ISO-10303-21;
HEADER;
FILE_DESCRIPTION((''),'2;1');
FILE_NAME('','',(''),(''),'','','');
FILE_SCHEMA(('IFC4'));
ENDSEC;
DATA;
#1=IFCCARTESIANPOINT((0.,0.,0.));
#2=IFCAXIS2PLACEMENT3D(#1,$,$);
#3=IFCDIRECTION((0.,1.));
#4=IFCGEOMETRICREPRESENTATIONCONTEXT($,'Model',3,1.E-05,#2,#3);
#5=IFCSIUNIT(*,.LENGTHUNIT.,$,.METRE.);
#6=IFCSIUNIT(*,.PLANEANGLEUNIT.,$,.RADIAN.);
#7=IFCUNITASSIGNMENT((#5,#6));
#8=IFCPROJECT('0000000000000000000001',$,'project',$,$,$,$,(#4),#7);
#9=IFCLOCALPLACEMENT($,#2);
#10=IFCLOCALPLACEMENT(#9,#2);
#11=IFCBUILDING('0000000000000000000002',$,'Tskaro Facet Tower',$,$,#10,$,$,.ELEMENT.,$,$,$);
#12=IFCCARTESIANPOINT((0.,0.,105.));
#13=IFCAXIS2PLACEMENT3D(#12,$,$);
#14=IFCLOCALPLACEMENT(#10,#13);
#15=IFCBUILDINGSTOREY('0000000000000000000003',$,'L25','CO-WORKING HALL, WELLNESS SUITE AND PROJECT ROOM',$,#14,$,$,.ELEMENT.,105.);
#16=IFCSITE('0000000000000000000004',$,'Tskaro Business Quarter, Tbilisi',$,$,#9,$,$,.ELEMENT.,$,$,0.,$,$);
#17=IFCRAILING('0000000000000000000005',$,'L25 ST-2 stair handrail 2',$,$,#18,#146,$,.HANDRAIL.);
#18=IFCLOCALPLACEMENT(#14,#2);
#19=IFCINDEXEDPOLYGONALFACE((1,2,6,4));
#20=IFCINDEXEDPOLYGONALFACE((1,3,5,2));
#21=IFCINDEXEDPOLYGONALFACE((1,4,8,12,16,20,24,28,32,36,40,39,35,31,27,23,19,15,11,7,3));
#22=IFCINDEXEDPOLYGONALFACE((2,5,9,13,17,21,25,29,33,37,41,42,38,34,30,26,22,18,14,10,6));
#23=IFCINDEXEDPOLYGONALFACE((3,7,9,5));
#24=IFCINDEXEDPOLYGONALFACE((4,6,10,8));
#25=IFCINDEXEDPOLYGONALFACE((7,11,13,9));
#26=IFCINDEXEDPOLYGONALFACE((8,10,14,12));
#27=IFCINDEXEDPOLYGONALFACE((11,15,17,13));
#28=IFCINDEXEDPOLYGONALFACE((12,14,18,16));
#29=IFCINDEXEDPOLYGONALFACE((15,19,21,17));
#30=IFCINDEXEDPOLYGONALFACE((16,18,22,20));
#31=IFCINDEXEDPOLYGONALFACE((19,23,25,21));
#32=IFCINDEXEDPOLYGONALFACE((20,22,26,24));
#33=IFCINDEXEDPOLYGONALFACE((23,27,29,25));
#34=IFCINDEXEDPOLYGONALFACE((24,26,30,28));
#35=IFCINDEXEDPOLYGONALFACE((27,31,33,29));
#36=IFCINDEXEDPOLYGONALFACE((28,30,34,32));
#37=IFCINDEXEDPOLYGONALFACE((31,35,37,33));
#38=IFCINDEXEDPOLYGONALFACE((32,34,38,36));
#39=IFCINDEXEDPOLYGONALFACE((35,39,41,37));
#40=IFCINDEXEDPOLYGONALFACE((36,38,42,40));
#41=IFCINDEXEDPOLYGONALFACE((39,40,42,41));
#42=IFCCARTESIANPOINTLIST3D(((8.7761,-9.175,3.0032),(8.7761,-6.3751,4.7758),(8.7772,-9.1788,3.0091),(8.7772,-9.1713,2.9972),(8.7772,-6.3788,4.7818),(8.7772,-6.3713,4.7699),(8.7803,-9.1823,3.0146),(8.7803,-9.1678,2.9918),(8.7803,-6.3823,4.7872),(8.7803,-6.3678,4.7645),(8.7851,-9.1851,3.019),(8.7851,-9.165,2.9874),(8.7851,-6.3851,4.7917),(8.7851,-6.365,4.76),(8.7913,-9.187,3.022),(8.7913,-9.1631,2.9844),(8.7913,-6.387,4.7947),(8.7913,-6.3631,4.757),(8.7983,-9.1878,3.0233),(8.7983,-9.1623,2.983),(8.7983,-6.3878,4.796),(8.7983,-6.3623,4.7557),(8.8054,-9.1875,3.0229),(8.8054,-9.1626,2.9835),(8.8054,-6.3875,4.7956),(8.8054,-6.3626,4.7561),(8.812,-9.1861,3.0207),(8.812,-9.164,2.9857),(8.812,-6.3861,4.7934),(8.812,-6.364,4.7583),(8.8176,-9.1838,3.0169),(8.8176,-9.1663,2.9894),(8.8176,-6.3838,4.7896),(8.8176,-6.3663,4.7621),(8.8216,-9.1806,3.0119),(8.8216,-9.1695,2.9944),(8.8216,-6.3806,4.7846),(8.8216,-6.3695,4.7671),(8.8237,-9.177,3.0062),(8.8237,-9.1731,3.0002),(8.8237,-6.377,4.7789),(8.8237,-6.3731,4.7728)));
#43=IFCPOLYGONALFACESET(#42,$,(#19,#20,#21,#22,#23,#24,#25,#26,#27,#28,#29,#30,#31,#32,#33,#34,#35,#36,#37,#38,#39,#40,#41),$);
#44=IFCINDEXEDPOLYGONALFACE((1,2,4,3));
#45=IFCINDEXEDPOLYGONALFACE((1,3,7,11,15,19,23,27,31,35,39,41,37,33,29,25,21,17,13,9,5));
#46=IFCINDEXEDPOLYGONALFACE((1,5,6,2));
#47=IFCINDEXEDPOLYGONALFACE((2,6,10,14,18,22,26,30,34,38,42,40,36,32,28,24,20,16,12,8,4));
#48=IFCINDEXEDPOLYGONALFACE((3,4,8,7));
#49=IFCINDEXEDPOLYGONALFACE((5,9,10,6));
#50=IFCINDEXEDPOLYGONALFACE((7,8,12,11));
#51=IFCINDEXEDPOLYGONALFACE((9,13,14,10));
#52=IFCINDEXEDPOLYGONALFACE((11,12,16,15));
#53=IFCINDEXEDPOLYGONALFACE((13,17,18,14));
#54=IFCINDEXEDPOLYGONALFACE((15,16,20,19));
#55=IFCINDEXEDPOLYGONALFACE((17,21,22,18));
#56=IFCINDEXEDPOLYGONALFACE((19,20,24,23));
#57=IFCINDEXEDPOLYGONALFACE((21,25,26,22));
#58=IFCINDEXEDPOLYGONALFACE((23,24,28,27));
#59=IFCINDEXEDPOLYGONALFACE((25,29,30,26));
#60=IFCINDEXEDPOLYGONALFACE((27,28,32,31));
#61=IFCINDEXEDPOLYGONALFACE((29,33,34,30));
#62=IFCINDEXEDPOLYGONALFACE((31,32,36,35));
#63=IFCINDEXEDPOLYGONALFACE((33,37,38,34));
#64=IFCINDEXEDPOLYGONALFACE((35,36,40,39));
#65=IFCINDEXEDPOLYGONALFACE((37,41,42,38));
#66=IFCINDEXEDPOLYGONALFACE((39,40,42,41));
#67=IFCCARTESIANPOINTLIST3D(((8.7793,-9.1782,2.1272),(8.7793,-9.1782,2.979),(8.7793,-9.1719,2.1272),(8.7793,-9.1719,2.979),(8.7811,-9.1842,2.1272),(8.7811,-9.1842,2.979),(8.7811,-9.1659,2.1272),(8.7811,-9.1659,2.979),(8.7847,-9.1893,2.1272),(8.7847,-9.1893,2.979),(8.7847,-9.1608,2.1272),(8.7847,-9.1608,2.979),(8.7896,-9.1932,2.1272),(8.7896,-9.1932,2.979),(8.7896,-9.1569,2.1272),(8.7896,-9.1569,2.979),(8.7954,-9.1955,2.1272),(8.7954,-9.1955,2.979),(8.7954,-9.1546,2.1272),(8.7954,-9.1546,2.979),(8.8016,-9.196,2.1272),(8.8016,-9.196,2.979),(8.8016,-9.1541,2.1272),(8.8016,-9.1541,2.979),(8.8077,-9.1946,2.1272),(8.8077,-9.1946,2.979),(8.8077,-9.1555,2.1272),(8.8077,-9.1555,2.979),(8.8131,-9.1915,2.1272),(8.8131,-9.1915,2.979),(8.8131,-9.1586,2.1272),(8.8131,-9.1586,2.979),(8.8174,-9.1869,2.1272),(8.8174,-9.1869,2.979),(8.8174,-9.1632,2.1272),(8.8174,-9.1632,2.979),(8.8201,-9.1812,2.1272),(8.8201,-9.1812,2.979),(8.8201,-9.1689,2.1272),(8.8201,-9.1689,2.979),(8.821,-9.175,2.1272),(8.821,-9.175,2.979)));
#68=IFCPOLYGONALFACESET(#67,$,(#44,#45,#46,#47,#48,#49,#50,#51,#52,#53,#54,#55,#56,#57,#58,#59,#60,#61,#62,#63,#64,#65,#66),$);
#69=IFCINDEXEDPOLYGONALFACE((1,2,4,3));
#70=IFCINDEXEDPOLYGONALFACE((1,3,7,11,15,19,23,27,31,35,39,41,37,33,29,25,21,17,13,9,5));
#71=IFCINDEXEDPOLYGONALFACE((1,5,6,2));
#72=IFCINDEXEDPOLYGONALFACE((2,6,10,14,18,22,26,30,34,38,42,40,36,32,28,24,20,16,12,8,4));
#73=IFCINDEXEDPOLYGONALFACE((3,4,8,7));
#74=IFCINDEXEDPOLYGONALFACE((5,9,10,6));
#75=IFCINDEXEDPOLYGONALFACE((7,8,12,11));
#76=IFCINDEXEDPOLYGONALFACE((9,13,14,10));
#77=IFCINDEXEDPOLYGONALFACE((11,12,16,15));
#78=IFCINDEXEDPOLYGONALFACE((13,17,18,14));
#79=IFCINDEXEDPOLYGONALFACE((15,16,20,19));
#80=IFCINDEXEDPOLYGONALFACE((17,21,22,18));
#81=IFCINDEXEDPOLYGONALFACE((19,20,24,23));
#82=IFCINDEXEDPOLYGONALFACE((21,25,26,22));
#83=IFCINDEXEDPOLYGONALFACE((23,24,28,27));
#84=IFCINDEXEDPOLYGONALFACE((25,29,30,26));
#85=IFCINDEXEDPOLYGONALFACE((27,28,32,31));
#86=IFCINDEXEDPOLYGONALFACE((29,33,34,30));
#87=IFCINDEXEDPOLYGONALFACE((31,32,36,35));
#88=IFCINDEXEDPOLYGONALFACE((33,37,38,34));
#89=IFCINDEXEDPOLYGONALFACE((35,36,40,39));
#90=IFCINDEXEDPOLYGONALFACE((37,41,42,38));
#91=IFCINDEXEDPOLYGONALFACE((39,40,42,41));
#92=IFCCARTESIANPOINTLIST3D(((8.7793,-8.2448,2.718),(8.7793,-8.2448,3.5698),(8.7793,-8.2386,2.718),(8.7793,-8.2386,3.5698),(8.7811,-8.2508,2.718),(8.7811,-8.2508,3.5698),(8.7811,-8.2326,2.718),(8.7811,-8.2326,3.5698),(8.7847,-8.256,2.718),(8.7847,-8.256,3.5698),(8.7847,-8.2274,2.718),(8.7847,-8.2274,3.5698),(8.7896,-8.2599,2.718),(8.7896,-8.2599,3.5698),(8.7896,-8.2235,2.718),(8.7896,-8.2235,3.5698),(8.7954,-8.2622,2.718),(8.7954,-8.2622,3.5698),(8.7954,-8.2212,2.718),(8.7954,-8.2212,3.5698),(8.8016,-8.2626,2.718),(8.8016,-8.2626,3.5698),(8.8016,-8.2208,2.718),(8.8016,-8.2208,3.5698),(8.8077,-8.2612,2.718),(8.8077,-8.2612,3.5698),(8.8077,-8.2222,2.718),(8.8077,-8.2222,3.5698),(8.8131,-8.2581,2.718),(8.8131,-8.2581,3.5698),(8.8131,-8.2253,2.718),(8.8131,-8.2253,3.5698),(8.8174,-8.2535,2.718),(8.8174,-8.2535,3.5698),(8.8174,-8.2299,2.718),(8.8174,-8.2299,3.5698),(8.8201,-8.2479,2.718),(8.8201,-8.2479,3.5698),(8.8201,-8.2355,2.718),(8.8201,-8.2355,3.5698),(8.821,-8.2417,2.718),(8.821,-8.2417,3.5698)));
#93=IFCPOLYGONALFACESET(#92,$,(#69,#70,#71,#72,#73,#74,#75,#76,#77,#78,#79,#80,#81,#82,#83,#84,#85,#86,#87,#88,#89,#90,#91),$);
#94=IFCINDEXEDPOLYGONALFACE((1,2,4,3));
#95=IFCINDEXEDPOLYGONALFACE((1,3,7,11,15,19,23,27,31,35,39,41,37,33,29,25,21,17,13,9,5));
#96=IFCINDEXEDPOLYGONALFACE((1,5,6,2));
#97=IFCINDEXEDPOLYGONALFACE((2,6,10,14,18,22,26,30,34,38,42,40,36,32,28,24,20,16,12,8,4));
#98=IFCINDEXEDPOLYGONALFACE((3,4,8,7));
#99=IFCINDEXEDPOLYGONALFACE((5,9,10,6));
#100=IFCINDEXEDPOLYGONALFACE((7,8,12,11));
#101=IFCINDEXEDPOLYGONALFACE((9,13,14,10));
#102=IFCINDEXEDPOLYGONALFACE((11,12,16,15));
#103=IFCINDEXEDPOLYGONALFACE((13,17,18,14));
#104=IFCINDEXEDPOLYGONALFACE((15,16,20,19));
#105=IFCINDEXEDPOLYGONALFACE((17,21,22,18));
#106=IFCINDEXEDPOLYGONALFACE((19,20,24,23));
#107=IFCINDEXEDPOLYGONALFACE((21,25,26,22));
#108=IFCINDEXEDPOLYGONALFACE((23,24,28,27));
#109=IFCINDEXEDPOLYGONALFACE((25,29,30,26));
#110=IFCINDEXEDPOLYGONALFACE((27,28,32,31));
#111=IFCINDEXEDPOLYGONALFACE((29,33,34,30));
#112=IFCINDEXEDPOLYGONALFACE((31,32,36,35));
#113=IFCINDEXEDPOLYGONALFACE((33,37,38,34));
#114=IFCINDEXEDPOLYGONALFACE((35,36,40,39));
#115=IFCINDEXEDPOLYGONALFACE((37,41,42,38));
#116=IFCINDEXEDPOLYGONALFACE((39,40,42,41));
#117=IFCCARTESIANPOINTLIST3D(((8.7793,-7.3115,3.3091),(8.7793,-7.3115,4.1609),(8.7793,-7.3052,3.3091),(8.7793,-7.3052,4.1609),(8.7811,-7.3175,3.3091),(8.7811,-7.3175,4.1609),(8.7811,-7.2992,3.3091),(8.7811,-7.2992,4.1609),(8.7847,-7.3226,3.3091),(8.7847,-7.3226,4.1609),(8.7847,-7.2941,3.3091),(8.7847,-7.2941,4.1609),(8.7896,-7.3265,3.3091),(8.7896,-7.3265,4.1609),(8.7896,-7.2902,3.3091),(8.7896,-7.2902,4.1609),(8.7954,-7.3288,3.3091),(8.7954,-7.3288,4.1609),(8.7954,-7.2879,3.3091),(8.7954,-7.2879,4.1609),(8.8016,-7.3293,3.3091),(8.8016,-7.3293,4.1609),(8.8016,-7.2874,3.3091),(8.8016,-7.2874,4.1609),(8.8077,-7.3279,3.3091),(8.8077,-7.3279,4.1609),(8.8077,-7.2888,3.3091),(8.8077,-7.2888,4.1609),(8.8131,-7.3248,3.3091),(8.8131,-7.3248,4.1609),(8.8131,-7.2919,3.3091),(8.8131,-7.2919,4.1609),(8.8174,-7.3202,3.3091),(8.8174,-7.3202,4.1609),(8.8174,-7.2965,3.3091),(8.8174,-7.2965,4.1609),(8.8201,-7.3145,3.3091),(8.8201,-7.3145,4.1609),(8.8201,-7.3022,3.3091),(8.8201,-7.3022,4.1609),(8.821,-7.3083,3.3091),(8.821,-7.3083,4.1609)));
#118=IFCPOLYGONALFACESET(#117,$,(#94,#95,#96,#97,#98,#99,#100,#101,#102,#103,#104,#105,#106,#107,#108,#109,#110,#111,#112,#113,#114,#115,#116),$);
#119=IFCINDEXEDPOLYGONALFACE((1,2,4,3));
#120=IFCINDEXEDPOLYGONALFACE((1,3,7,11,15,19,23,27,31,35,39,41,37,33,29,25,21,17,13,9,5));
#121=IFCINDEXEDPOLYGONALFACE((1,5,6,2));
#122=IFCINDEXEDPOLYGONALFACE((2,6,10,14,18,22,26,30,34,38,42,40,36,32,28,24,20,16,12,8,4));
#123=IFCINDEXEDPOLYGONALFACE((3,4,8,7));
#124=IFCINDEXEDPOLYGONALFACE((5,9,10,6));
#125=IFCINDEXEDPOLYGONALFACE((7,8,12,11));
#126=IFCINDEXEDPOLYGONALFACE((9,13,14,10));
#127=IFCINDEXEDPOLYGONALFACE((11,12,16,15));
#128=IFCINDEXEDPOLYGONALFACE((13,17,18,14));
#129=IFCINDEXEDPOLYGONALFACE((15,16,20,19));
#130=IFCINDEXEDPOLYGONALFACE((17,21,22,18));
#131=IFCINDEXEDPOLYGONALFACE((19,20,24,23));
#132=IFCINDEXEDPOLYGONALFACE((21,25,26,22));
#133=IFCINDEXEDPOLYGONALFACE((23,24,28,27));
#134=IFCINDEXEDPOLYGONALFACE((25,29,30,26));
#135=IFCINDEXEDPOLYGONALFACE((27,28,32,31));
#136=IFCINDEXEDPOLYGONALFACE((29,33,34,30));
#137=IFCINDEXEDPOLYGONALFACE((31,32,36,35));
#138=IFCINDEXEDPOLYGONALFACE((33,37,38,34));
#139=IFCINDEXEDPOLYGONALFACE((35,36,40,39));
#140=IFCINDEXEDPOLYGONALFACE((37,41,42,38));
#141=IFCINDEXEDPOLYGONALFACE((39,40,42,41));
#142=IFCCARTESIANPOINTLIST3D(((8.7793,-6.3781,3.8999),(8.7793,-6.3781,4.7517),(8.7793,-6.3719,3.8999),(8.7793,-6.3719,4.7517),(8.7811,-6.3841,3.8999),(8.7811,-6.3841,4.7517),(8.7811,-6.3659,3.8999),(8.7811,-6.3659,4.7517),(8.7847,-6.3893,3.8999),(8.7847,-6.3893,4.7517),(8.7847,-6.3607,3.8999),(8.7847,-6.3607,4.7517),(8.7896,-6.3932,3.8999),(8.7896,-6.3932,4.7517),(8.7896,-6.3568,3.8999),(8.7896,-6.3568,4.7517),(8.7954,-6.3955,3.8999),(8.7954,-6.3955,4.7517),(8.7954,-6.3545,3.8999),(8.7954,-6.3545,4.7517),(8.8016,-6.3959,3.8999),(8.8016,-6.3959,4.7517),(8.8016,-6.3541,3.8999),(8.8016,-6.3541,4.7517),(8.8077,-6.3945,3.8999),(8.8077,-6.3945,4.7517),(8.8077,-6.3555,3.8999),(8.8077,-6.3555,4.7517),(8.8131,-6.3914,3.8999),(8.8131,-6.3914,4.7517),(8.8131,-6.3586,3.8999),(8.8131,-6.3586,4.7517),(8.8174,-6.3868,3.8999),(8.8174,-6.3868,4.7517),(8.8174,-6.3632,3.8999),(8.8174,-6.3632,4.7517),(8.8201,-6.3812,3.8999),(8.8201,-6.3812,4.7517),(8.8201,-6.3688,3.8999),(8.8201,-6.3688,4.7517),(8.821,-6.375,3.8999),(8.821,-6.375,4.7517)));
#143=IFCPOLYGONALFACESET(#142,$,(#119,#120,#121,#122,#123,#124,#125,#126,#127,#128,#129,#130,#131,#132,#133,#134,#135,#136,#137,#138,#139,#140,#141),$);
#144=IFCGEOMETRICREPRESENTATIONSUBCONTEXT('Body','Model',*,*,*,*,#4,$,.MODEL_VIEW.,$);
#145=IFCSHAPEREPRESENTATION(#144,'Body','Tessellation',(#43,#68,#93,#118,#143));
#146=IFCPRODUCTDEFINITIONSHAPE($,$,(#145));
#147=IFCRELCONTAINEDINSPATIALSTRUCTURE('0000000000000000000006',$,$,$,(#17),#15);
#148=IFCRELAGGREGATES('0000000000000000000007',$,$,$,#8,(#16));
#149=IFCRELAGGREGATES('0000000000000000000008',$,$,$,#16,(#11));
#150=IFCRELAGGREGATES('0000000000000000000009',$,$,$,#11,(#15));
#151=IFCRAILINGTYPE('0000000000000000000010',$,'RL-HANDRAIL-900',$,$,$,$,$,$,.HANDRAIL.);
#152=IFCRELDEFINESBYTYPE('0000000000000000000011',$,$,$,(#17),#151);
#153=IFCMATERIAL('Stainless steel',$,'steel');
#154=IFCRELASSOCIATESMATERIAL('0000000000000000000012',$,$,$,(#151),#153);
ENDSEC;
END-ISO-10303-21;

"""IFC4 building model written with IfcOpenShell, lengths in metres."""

from ifc_helpers import new_model, si_unit, direction, frame, origin, origin_2d, place, context, subcontext, project, spatial, circle, extrude, material, type_object, element, save


model = new_model("IFC4")

# Units and contexts
model_context = context("Model", 3, precision=1e-05, world=origin(), true_north=direction((0.0, 1.0)))
body_context = subcontext(model_context, "Body", "Model", "MODEL_VIEW")
ifc_project = project(units=[si_unit("LENGTHUNIT", "METRE"), si_unit("PLANEANGLEUNIT", "RADIAN")], contexts=[model_context])

# Site, building, storey
site_placement = place(None, origin())
site = spatial("IfcSite", under=ifc_project, at=site_placement, Name="Tskaro Business Quarter, Tbilisi", CompositionType="ELEMENT", RefElevation=0.0)
building_placement = place(site_placement, origin())
building = spatial("IfcBuilding", under=site, at=building_placement, Name="Tskaro Facet Tower", CompositionType="ELEMENT")
storey_placement = place(building_placement, frame((0.0, 0.0, 105.0)))
storey = spatial("IfcBuildingStorey", under=building, at=storey_placement, Name="L25", Description="CO-WORKING HALL, WELLNESS SUITE AND PROJECT ROOM", CompositionType="ELEMENT", Elevation=105.0)

# Railing
ifc_material_1 = material(Name="Stainless steel", Category="steel")
railing_type_1 = type_object("IfcRailingType", Name="RL-HANDRAIL-900", PredefinedType="HANDRAIL", material=ifc_material_1)
railing_1_placement = place(storey_placement, frame((8.8, -9.175, 2.1272)))
element("IfcRailing", 1, at=railing_1_placement, inside=storey, type_object=railing_type_1, Name="L25 ST-2 stair handrail 2", PredefinedType="HANDRAIL", context=body_context, shape_type="SweptSolid", body=[
    extrude(circle(Radius=0.0239, at=origin_2d()), frame((0.0, 0.0, 0.876), z_axis=(0.0, 0.844909, 0.53491), x_axis=(-1.0, 0.0, 0.0)), (0.0, 0.0, 1.0), 3.314),
    extrude(circle(Radius=0.021, at=origin_2d()), origin(), (0.0, 0.0, 1.0), 0.8518),
    extrude(circle(Radius=0.021, at=origin_2d()), frame((0.0, 0.9333, 0.5908)), (0.0, 0.0, 1.0), 0.8518),
    extrude(circle(Radius=0.021, at=origin_2d()), frame((0.0, 1.8667, 1.1819)), (0.0, 0.0, 1.0), 0.8518),
    extrude(circle(Radius=0.021, at=origin_2d()), frame((0.0, 2.8, 1.7727)), (0.0, 0.0, 1.0), 0.8518),
])

save(model, "model.ifc")
